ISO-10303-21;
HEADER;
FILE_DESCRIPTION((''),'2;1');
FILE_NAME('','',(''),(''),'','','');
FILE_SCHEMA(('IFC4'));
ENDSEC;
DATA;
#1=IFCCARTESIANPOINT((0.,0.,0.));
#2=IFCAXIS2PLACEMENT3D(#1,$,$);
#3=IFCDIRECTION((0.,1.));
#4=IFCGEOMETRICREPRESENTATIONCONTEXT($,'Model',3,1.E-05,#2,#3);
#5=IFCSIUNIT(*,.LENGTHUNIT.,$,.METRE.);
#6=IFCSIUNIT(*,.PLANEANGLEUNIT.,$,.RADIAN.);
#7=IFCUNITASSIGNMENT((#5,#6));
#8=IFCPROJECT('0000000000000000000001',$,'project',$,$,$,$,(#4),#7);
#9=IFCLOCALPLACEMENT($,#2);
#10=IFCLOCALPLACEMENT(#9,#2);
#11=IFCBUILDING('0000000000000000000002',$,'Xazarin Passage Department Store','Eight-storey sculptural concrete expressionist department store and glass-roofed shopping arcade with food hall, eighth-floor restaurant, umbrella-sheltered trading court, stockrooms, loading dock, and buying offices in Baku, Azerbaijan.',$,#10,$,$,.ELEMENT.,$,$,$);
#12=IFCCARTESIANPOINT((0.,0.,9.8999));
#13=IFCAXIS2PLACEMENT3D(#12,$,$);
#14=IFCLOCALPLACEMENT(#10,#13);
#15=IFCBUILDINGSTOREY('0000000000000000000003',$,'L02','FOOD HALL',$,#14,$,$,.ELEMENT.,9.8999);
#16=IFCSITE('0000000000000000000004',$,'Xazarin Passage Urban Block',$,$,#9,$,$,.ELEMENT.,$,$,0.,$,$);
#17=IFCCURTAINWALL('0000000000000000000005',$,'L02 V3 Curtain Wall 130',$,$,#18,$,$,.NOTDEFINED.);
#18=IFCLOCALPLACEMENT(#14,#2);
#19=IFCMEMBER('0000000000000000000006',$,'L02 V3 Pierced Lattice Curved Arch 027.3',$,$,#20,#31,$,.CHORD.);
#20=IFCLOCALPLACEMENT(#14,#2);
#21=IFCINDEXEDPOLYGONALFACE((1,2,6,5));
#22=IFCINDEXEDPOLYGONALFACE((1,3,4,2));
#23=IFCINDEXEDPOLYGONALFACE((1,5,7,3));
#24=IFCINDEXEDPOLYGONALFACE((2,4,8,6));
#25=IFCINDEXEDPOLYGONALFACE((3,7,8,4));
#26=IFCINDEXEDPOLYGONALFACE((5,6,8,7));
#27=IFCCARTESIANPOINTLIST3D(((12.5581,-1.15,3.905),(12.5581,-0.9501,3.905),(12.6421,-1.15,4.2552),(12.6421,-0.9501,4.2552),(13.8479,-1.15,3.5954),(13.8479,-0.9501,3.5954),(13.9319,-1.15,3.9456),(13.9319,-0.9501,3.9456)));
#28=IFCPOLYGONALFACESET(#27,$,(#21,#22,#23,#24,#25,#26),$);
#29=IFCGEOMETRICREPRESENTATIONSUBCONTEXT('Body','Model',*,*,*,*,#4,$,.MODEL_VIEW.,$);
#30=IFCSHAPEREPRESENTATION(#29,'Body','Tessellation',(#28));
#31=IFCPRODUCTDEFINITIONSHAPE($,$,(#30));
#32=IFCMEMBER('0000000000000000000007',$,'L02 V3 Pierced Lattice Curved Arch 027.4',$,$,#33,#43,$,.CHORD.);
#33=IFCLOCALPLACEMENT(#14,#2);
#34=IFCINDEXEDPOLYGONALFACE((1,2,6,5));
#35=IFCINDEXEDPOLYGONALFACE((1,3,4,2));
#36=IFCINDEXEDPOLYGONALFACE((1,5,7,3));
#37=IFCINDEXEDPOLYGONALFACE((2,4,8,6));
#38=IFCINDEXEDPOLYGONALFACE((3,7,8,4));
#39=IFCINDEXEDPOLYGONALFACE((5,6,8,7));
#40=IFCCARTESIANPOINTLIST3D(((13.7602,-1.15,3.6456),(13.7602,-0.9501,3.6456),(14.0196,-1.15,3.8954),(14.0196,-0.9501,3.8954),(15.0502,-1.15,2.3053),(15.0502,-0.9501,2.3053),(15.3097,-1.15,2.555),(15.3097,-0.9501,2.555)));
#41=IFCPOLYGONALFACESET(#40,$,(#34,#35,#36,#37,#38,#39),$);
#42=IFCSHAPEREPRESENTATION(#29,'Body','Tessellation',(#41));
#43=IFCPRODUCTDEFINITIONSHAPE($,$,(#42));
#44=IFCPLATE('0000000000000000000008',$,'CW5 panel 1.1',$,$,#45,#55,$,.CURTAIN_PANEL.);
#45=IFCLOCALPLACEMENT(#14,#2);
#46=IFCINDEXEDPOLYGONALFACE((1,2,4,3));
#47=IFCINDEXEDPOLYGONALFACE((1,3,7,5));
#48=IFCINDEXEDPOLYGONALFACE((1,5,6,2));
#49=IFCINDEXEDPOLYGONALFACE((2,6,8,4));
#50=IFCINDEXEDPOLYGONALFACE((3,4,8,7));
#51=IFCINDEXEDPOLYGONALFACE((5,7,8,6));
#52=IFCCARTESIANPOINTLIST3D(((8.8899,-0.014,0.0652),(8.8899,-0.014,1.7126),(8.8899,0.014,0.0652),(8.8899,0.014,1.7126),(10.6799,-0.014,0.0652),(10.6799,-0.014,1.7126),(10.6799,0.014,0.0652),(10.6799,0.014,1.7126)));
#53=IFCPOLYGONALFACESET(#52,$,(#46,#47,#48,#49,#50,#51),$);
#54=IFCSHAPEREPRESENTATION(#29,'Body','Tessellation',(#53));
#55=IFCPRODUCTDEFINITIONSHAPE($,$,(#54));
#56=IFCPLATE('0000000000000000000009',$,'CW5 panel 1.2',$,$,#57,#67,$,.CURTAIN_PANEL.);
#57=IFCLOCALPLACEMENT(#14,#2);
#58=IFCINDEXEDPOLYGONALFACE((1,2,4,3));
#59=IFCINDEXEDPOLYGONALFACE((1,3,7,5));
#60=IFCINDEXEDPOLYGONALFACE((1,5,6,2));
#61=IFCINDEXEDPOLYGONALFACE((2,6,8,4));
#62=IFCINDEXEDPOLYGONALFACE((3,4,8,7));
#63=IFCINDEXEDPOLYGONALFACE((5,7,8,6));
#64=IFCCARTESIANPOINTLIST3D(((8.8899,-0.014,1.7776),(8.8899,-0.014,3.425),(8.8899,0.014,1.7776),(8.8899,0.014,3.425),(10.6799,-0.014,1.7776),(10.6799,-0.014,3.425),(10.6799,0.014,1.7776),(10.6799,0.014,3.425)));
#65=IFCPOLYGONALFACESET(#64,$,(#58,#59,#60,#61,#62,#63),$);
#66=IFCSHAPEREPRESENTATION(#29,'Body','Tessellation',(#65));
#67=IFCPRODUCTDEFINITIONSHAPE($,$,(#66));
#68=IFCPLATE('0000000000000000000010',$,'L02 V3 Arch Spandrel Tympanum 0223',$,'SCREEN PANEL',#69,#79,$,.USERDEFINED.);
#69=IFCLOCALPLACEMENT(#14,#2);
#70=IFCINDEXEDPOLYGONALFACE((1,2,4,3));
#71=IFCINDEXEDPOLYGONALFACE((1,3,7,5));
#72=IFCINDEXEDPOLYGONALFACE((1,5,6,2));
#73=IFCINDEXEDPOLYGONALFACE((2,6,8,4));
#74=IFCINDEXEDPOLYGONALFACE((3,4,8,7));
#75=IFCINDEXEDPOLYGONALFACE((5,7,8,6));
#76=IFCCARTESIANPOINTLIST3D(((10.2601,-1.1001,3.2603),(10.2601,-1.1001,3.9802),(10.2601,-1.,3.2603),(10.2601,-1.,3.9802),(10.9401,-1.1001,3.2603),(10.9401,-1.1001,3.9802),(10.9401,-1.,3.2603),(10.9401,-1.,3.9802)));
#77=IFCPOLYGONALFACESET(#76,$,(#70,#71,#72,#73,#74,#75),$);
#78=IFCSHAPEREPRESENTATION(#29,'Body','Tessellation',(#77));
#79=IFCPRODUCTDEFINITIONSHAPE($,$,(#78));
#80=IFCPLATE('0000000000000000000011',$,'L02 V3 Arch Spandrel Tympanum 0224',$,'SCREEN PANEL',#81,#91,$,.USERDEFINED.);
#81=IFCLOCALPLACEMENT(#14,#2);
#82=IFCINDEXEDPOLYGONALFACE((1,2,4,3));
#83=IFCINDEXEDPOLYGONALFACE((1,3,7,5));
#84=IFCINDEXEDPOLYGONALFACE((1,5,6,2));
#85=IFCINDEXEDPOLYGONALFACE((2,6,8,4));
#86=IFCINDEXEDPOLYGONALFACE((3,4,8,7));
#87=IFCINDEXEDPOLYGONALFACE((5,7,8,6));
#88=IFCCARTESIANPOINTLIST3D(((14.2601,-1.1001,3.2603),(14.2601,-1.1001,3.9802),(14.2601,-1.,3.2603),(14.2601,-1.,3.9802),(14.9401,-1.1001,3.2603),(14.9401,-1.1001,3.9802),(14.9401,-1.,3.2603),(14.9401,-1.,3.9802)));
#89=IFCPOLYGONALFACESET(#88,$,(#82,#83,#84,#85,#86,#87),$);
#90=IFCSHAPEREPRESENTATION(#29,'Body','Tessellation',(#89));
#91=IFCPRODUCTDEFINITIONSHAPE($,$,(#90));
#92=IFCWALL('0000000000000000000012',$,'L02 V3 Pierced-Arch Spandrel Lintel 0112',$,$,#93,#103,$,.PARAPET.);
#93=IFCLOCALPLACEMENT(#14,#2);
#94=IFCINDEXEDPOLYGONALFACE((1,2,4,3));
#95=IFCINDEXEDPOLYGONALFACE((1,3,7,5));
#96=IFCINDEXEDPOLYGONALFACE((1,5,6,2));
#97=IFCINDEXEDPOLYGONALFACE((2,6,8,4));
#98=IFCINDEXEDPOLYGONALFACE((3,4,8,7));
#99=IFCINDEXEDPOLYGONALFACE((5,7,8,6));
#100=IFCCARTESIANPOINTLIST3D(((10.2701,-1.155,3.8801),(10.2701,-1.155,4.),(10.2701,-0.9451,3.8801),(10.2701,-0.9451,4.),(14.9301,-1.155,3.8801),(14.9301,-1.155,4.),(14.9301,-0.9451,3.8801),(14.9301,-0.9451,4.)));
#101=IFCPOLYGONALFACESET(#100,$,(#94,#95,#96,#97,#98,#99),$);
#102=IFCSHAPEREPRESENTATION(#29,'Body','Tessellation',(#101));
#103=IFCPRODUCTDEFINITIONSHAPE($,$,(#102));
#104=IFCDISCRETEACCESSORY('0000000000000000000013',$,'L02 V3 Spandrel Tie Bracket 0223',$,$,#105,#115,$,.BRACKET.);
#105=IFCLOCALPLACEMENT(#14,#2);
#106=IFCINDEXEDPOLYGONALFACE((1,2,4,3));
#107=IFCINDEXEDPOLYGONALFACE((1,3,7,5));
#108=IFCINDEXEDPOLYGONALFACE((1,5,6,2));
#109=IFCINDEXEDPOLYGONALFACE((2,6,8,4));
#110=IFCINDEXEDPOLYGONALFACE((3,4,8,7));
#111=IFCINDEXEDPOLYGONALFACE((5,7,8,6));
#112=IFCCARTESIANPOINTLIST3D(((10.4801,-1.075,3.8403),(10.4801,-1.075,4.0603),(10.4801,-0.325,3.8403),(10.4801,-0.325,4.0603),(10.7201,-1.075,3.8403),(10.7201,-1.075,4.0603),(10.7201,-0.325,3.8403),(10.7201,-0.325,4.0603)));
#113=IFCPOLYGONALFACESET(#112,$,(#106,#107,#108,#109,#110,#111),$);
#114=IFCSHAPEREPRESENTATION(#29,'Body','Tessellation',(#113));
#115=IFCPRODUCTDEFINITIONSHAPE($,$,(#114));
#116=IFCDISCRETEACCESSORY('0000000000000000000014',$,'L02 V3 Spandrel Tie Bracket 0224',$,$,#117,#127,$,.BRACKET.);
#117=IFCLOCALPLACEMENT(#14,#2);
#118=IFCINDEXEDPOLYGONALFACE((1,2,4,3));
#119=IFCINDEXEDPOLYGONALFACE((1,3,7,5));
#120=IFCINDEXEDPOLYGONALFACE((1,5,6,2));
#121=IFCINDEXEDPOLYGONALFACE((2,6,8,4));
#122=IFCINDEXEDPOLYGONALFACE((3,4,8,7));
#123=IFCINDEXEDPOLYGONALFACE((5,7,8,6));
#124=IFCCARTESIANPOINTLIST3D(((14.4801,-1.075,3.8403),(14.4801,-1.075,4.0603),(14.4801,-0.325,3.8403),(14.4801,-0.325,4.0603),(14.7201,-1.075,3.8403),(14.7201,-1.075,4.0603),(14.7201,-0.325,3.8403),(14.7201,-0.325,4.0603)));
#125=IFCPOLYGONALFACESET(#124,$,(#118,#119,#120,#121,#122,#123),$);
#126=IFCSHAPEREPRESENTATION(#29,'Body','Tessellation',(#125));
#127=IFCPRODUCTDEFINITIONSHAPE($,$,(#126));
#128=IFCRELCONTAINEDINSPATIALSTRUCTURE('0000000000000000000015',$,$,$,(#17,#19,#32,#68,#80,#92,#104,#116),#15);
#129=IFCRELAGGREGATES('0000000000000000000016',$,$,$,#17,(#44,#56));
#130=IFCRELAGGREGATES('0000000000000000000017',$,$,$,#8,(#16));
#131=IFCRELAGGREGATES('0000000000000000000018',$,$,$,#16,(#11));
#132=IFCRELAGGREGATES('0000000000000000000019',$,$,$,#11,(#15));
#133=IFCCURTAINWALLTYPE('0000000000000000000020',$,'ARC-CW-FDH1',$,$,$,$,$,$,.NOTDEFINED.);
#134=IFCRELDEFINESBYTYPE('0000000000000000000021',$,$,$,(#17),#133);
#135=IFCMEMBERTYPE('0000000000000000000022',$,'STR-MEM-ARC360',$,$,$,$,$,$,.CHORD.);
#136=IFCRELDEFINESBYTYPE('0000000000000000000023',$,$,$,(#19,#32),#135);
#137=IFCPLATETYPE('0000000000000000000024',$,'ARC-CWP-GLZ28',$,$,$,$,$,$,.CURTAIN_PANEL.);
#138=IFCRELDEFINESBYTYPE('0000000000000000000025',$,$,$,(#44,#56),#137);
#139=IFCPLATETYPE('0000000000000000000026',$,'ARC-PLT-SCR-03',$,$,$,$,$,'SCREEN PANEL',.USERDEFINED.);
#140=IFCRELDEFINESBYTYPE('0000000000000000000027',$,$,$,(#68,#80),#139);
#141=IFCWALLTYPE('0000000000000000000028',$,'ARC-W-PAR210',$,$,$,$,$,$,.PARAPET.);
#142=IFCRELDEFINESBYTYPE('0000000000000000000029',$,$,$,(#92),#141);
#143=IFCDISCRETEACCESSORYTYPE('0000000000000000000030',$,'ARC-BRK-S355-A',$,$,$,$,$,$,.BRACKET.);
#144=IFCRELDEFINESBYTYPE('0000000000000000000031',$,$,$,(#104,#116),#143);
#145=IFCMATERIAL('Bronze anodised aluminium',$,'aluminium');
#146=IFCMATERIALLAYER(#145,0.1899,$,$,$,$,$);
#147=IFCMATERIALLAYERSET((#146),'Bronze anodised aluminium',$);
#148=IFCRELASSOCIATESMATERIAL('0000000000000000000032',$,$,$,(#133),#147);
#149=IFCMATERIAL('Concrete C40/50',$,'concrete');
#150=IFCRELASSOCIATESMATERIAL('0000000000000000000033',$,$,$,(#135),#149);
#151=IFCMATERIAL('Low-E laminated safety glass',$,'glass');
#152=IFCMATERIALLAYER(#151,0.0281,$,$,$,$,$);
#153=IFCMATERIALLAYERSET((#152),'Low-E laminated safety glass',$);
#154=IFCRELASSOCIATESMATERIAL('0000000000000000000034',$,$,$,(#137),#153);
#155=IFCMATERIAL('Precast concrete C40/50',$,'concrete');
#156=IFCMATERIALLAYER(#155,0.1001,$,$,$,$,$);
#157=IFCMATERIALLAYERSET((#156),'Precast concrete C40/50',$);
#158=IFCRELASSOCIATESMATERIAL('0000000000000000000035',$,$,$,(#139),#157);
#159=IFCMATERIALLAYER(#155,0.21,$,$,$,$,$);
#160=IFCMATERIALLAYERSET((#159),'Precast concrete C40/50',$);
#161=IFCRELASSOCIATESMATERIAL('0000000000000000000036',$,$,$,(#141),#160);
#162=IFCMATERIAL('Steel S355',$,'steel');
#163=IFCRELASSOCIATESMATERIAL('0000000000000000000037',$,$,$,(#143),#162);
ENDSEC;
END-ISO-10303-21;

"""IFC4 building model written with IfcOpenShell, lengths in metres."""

from ifc_helpers import new_model, si_unit, direction, frame, frame_2d, origin, origin_2d, place, context, subcontext, project, spatial, rectangle, extrude, material, layer, layer_set, material_profile, profile_set, type_object, element, aggregate, save


model = new_model("IFC4")

# Units and contexts
model_context = context("Model", 3, precision=1e-05, world=origin(), true_north=direction((0.0, 1.0)))
body_context = subcontext(model_context, "Body", "Model", "MODEL_VIEW")
ifc_project = project(units=[si_unit("LENGTHUNIT", "METRE"), si_unit("PLANEANGLEUNIT", "RADIAN")], contexts=[model_context])

# Site, building, storey
site_placement = place(None, origin())
site = spatial("IfcSite", under=ifc_project, at=site_placement, Name="Xazarin Passage Urban Block", CompositionType="ELEMENT", RefElevation=0.0)
building_placement = place(site_placement, origin())
building = spatial("IfcBuilding", under=site, at=building_placement, Name="Xazarin Passage Department Store", Description="Eight-storey sculptural concrete expressionist department store and glass-roofed shopping arcade with food hall, eighth-floor restaurant, umbrella-sheltered trading court, stockrooms, loading dock, and buying offices in Baku, Azerbaijan.", CompositionType="ELEMENT")
storey_placement = place(building_placement, frame((0.0, 0.0, 9.8999)))
storey = spatial("IfcBuildingStorey", under=building, at=storey_placement, Name="L02", Description="FOOD HALL", CompositionType="ELEMENT", Elevation=9.8999)

# Shared definitions
ifc_material_1 = material(Name="Concrete C40/50", Category="concrete")

# Curtain wall
ifc_material_2 = material(Name="Bronze anodised aluminium", Category="aluminium")
ifc_layer_1 = layer(ifc_material_2, 0.1899)
ifc_layer_set_1 = layer_set([ifc_layer_1], Name="Bronze anodised aluminium")
curtain_wall_type = type_object("IfcCurtainWallType", Name="ARC-CW-FDH1", PredefinedType="NOTDEFINED", material=ifc_layer_set_1)
curtain_wall_placement = place(storey_placement, origin())
curtain_wall = element("IfcCurtainWall", 1, at=curtain_wall_placement, inside=storey, type_object=curtain_wall_type, Name="L02 V3 Curtain Wall 130", PredefinedType="NOTDEFINED")

# Members
ifc_material_profile_1 = material_profile(ifc_material_1, rectangle(XDim=0.2, YDim=0.3601, at=origin_2d()), Name="RC 200x360")
ifc_profile_set_1 = profile_set([ifc_material_profile_1], Name="Concrete C40/50")
member_type_1 = type_object("IfcMemberType", Name="STR-MEM-ARC360", PredefinedType="CHORD", material=ifc_profile_set_1)
member_1_placement = place(storey_placement, frame((12.6001, -1.05, 4.0801), z_axis=(0.972384, 0.0, -0.233387), x_axis=(0.0, 1.0, 0.0)))
element("IfcMember", 2, at=member_1_placement, inside=storey, type_object=member_type_1, Name="L02 V3 Pierced Lattice Curved Arch 027.3", PredefinedType="CHORD", context=body_context, shape_type="SweptSolid", body=[
    extrude(rectangle(XDim=0.2, YDim=0.3601, at=origin_2d()), origin(), (0.0, 0.0, 1.0), 1.3264),
])
member_2_placement = place(storey_placement, frame((13.8899, -1.05, 3.7705), z_axis=(0.69346, 0.0, -0.720495), x_axis=(0.0, 1.0, 0.0)))
element("IfcMember", 3, at=member_2_placement, inside=storey, type_object=member_type_1, Name="L02 V3 Pierced Lattice Curved Arch 027.4", PredefinedType="CHORD", context=body_context, shape_type="SweptSolid", body=[
    extrude(rectangle(XDim=0.2, YDim=0.3601, at=origin_2d()), origin(), (0.0, 0.0, 1.0), 1.8604),
])

# Plates
ifc_material_3 = material(Name="Low-E laminated safety glass", Category="glass")
ifc_layer_2 = layer(ifc_material_3, 0.0281)
ifc_layer_set_2 = layer_set([ifc_layer_2], Name="Low-E laminated safety glass")
plate_type_1 = type_object("IfcPlateType", Name="ARC-CWP-GLZ28", PredefinedType="CURTAIN_PANEL", material=ifc_layer_set_2)
plate_1_placement = place(storey_placement, frame((9.7849, 0.0, 0.0652), z_axis=(0.0, 0.0, 1.0), x_axis=(1.0, 0.0, 0.0)))
plate_1 = element("IfcPlate", 4, at=plate_1_placement, type_object=plate_type_1, Name="CW5 panel 1.1", PredefinedType="CURTAIN_PANEL", context=body_context, shape_type="SweptSolid", body=[
    extrude(rectangle(XDim=1.79, YDim=0.0281, at=origin_2d()), origin(), (0.0, 0.0, 1.0), 1.6475),
])
plate_2_placement = place(storey_placement, frame((9.7849, 0.0, 1.7776), z_axis=(0.0, 0.0, 1.0), x_axis=(1.0, 0.0, 0.0)))
plate_2 = element("IfcPlate", 5, at=plate_2_placement, type_object=plate_type_1, Name="CW5 panel 1.2", PredefinedType="CURTAIN_PANEL", context=body_context, shape_type="SweptSolid", body=[
    extrude(rectangle(XDim=1.79, YDim=0.0281, at=origin_2d()), origin(), (0.0, 0.0, 1.0), 1.6475),
])
aggregate(curtain_wall, [plate_1, plate_2])

# Plates
ifc_material_4 = material(Name="Precast concrete C40/50", Category="concrete")
ifc_layer_3 = layer(ifc_material_4, 0.1001)
ifc_layer_set_3 = layer_set([ifc_layer_3], Name="Precast concrete C40/50")
plate_type_2 = type_object("IfcPlateType", Name="ARC-PLT-SCR-03", ElementType="SCREEN PANEL", PredefinedType="USERDEFINED", material=ifc_layer_set_3)
for number, where, z_axis, x_axis, name in (
    (6, (10.6001, -1.05, 3.2603), (0.0, 0.0, 1.0), (1.0, 0.0, 0.0), "L02 V3 Arch Spandrel Tympanum 0223"),
    (7, (14.6001, -1.05, 3.2603), (0.0, 0.0, 1.0), (1.0, 0.0, 0.0), "L02 V3 Arch Spandrel Tympanum 0224"),
):
    element("IfcPlate", number, at=place(storey_placement, frame(where, z_axis=z_axis, x_axis=x_axis)), inside=storey, type_object=plate_type_2, Name=name, ObjectType="SCREEN PANEL", PredefinedType="USERDEFINED", context=body_context, shape_type="SweptSolid", body=[
        extrude(rectangle(XDim=0.6799, YDim=0.1001, at=origin_2d()), origin(), (0.0, 0.0, 1.0), 0.72),
    ])

# Wall
ifc_layer_4 = layer(ifc_material_4, 0.21)
ifc_layer_set_4 = layer_set([ifc_layer_4], Name="Precast concrete C40/50")
wall_type = type_object("IfcWallType", Name="ARC-W-PAR210", PredefinedType="PARAPET", material=ifc_layer_set_4)
wall_placement = place(storey_placement, frame((10.27, -1.05, 3.8801), z_axis=(0.0, 0.0, 1.0), x_axis=(1.0, 0.0, 0.0)))
element("IfcWall", 8, at=wall_placement, inside=storey, type_object=wall_type, Name="L02 V3 Pierced-Arch Spandrel Lintel 0112", PredefinedType="PARAPET", context=body_context, shape_type="SweptSolid", body=[
    extrude(rectangle(XDim=4.6599, YDim=0.21, at=frame_2d((2.3301, 0.0))), origin(), (0.0, 0.0, 1.0), 0.1199),
])

# Discrete accessories
ifc_material_5 = material(Name="Steel S355", Category="steel")
discrete_accessory_type = type_object("IfcDiscreteAccessoryType", Name="ARC-BRK-S355-A", PredefinedType="BRACKET", material=ifc_material_5)
for number, where, z_axis, x_axis, name in (
    (9, (10.6001, -0.7, 3.8403), (0.0, 0.0, 1.0), (1.0, 0.0, 0.0), "L02 V3 Spandrel Tie Bracket 0223"),
    (10, (14.6001, -0.7, 3.8403), (0.0, 0.0, 1.0), (1.0, 0.0, 0.0), "L02 V3 Spandrel Tie Bracket 0224"),
):
    element("IfcDiscreteAccessory", number, at=place(storey_placement, frame(where, z_axis=z_axis, x_axis=x_axis)), inside=storey, type_object=discrete_accessory_type, Name=name, PredefinedType="BRACKET", context=body_context, shape_type="SweptSolid", body=[
        extrude(rectangle(XDim=0.24, YDim=0.75, at=origin_2d()), origin(), (0.0, 0.0, 1.0), 0.22),
    ])

save(model, "model.ifc")
